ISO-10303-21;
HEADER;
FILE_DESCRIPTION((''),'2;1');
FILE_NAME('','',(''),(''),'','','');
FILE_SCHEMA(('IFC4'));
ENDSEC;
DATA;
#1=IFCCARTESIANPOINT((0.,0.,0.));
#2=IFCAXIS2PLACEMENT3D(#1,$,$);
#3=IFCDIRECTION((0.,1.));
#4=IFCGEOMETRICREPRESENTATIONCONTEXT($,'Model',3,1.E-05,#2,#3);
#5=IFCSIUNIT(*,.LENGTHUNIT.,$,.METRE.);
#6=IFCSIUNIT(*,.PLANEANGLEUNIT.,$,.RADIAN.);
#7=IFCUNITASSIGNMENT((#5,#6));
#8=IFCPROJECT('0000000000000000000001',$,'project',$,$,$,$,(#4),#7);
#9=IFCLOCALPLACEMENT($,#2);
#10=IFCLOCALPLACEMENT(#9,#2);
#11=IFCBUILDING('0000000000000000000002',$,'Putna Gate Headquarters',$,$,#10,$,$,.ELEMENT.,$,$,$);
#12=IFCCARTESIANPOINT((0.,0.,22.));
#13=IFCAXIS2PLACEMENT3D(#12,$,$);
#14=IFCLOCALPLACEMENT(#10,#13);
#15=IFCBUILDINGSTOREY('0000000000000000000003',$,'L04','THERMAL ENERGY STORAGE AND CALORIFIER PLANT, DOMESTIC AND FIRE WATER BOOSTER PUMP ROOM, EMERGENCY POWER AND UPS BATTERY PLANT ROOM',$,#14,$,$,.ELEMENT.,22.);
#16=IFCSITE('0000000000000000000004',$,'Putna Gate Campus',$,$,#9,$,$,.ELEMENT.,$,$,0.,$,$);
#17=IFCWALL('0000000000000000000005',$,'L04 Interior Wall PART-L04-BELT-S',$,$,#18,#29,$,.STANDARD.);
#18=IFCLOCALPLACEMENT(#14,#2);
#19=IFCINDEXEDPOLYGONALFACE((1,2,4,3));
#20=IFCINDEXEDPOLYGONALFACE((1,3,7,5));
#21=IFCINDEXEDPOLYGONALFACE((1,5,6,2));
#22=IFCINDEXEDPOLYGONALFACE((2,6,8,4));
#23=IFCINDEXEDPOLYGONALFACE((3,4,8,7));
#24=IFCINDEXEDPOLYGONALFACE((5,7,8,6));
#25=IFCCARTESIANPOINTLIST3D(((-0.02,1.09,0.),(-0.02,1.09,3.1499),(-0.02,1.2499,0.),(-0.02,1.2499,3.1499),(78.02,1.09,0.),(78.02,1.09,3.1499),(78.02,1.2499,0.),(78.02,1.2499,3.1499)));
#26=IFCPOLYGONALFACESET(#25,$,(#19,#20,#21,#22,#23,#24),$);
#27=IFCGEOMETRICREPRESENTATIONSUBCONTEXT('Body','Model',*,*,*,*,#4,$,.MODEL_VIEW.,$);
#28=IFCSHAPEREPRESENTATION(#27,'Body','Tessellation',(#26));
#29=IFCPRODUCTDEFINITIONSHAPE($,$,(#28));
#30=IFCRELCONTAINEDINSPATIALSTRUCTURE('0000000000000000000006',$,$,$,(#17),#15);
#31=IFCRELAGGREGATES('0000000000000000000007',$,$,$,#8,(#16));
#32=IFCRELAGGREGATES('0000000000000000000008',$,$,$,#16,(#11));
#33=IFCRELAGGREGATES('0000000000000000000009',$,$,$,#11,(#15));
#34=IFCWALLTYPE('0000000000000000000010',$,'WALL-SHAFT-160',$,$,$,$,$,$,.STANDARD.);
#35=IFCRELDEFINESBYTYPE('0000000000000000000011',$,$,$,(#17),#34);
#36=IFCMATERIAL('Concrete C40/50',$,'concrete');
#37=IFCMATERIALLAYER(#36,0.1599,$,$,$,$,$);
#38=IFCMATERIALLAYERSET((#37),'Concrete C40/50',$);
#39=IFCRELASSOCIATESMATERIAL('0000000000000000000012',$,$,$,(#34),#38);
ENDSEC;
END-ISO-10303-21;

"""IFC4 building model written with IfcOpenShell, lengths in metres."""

from ifc_helpers import new_model, si_unit, direction, frame, frame_2d, origin, place, context, subcontext, project, spatial, rectangle, extrude, material, layer, layer_set, type_object, element, save


model = new_model("IFC4")

# Units and contexts
model_context = context("Model", 3, precision=1e-05, world=origin(), true_north=direction((0.0, 1.0)))
body_context = subcontext(model_context, "Body", "Model", "MODEL_VIEW")
ifc_project = project(units=[si_unit("LENGTHUNIT", "METRE"), si_unit("PLANEANGLEUNIT", "RADIAN")], contexts=[model_context])

# Site, building, storey
site_placement = place(None, origin())
site = spatial("IfcSite", under=ifc_project, at=site_placement, Name="Putna Gate Campus", CompositionType="ELEMENT", RefElevation=0.0)
building_placement = place(site_placement, origin())
building = spatial("IfcBuilding", under=site, at=building_placement, Name="Putna Gate Headquarters", CompositionType="ELEMENT")
storey_placement = place(building_placement, frame((0.0, 0.0, 22.0)))
storey = spatial("IfcBuildingStorey", under=building, at=storey_placement, Name="L04", Description="THERMAL ENERGY STORAGE AND CALORIFIER PLANT, DOMESTIC AND FIRE WATER BOOSTER PUMP ROOM, EMERGENCY POWER AND UPS BATTERY PLANT ROOM", CompositionType="ELEMENT", Elevation=22.0)

# Shared definitions
ifc_material_1 = material(Name="Concrete C40/50", Category="concrete")

# Wall
ifc_layer_1 = layer(ifc_material_1, 0.1599)
ifc_layer_set_1 = layer_set([ifc_layer_1], Name="Concrete C40/50")
wall_type_1 = type_object("IfcWallType", Name="WALL-SHAFT-160", PredefinedType="STANDARD", material=ifc_layer_set_1)
wall_placement = place(storey_placement, frame((-0.02, 1.1699, 0.0), z_axis=(0.0, 0.0, 1.0), x_axis=(1.0, 0.0, 0.0)))
element("IfcWall", 1, at=wall_placement, inside=storey, type_object=wall_type_1, Name="L04 Interior Wall PART-L04-BELT-S", PredefinedType="STANDARD", context=body_context, shape_type="SweptSolid", body=[
    extrude(rectangle(XDim=78.04, YDim=0.1599, at=frame_2d((39.02, 0.0))), origin(), (0.0, 0.0, 1.0), 3.1499),
])

save(model, "model.ifc")
